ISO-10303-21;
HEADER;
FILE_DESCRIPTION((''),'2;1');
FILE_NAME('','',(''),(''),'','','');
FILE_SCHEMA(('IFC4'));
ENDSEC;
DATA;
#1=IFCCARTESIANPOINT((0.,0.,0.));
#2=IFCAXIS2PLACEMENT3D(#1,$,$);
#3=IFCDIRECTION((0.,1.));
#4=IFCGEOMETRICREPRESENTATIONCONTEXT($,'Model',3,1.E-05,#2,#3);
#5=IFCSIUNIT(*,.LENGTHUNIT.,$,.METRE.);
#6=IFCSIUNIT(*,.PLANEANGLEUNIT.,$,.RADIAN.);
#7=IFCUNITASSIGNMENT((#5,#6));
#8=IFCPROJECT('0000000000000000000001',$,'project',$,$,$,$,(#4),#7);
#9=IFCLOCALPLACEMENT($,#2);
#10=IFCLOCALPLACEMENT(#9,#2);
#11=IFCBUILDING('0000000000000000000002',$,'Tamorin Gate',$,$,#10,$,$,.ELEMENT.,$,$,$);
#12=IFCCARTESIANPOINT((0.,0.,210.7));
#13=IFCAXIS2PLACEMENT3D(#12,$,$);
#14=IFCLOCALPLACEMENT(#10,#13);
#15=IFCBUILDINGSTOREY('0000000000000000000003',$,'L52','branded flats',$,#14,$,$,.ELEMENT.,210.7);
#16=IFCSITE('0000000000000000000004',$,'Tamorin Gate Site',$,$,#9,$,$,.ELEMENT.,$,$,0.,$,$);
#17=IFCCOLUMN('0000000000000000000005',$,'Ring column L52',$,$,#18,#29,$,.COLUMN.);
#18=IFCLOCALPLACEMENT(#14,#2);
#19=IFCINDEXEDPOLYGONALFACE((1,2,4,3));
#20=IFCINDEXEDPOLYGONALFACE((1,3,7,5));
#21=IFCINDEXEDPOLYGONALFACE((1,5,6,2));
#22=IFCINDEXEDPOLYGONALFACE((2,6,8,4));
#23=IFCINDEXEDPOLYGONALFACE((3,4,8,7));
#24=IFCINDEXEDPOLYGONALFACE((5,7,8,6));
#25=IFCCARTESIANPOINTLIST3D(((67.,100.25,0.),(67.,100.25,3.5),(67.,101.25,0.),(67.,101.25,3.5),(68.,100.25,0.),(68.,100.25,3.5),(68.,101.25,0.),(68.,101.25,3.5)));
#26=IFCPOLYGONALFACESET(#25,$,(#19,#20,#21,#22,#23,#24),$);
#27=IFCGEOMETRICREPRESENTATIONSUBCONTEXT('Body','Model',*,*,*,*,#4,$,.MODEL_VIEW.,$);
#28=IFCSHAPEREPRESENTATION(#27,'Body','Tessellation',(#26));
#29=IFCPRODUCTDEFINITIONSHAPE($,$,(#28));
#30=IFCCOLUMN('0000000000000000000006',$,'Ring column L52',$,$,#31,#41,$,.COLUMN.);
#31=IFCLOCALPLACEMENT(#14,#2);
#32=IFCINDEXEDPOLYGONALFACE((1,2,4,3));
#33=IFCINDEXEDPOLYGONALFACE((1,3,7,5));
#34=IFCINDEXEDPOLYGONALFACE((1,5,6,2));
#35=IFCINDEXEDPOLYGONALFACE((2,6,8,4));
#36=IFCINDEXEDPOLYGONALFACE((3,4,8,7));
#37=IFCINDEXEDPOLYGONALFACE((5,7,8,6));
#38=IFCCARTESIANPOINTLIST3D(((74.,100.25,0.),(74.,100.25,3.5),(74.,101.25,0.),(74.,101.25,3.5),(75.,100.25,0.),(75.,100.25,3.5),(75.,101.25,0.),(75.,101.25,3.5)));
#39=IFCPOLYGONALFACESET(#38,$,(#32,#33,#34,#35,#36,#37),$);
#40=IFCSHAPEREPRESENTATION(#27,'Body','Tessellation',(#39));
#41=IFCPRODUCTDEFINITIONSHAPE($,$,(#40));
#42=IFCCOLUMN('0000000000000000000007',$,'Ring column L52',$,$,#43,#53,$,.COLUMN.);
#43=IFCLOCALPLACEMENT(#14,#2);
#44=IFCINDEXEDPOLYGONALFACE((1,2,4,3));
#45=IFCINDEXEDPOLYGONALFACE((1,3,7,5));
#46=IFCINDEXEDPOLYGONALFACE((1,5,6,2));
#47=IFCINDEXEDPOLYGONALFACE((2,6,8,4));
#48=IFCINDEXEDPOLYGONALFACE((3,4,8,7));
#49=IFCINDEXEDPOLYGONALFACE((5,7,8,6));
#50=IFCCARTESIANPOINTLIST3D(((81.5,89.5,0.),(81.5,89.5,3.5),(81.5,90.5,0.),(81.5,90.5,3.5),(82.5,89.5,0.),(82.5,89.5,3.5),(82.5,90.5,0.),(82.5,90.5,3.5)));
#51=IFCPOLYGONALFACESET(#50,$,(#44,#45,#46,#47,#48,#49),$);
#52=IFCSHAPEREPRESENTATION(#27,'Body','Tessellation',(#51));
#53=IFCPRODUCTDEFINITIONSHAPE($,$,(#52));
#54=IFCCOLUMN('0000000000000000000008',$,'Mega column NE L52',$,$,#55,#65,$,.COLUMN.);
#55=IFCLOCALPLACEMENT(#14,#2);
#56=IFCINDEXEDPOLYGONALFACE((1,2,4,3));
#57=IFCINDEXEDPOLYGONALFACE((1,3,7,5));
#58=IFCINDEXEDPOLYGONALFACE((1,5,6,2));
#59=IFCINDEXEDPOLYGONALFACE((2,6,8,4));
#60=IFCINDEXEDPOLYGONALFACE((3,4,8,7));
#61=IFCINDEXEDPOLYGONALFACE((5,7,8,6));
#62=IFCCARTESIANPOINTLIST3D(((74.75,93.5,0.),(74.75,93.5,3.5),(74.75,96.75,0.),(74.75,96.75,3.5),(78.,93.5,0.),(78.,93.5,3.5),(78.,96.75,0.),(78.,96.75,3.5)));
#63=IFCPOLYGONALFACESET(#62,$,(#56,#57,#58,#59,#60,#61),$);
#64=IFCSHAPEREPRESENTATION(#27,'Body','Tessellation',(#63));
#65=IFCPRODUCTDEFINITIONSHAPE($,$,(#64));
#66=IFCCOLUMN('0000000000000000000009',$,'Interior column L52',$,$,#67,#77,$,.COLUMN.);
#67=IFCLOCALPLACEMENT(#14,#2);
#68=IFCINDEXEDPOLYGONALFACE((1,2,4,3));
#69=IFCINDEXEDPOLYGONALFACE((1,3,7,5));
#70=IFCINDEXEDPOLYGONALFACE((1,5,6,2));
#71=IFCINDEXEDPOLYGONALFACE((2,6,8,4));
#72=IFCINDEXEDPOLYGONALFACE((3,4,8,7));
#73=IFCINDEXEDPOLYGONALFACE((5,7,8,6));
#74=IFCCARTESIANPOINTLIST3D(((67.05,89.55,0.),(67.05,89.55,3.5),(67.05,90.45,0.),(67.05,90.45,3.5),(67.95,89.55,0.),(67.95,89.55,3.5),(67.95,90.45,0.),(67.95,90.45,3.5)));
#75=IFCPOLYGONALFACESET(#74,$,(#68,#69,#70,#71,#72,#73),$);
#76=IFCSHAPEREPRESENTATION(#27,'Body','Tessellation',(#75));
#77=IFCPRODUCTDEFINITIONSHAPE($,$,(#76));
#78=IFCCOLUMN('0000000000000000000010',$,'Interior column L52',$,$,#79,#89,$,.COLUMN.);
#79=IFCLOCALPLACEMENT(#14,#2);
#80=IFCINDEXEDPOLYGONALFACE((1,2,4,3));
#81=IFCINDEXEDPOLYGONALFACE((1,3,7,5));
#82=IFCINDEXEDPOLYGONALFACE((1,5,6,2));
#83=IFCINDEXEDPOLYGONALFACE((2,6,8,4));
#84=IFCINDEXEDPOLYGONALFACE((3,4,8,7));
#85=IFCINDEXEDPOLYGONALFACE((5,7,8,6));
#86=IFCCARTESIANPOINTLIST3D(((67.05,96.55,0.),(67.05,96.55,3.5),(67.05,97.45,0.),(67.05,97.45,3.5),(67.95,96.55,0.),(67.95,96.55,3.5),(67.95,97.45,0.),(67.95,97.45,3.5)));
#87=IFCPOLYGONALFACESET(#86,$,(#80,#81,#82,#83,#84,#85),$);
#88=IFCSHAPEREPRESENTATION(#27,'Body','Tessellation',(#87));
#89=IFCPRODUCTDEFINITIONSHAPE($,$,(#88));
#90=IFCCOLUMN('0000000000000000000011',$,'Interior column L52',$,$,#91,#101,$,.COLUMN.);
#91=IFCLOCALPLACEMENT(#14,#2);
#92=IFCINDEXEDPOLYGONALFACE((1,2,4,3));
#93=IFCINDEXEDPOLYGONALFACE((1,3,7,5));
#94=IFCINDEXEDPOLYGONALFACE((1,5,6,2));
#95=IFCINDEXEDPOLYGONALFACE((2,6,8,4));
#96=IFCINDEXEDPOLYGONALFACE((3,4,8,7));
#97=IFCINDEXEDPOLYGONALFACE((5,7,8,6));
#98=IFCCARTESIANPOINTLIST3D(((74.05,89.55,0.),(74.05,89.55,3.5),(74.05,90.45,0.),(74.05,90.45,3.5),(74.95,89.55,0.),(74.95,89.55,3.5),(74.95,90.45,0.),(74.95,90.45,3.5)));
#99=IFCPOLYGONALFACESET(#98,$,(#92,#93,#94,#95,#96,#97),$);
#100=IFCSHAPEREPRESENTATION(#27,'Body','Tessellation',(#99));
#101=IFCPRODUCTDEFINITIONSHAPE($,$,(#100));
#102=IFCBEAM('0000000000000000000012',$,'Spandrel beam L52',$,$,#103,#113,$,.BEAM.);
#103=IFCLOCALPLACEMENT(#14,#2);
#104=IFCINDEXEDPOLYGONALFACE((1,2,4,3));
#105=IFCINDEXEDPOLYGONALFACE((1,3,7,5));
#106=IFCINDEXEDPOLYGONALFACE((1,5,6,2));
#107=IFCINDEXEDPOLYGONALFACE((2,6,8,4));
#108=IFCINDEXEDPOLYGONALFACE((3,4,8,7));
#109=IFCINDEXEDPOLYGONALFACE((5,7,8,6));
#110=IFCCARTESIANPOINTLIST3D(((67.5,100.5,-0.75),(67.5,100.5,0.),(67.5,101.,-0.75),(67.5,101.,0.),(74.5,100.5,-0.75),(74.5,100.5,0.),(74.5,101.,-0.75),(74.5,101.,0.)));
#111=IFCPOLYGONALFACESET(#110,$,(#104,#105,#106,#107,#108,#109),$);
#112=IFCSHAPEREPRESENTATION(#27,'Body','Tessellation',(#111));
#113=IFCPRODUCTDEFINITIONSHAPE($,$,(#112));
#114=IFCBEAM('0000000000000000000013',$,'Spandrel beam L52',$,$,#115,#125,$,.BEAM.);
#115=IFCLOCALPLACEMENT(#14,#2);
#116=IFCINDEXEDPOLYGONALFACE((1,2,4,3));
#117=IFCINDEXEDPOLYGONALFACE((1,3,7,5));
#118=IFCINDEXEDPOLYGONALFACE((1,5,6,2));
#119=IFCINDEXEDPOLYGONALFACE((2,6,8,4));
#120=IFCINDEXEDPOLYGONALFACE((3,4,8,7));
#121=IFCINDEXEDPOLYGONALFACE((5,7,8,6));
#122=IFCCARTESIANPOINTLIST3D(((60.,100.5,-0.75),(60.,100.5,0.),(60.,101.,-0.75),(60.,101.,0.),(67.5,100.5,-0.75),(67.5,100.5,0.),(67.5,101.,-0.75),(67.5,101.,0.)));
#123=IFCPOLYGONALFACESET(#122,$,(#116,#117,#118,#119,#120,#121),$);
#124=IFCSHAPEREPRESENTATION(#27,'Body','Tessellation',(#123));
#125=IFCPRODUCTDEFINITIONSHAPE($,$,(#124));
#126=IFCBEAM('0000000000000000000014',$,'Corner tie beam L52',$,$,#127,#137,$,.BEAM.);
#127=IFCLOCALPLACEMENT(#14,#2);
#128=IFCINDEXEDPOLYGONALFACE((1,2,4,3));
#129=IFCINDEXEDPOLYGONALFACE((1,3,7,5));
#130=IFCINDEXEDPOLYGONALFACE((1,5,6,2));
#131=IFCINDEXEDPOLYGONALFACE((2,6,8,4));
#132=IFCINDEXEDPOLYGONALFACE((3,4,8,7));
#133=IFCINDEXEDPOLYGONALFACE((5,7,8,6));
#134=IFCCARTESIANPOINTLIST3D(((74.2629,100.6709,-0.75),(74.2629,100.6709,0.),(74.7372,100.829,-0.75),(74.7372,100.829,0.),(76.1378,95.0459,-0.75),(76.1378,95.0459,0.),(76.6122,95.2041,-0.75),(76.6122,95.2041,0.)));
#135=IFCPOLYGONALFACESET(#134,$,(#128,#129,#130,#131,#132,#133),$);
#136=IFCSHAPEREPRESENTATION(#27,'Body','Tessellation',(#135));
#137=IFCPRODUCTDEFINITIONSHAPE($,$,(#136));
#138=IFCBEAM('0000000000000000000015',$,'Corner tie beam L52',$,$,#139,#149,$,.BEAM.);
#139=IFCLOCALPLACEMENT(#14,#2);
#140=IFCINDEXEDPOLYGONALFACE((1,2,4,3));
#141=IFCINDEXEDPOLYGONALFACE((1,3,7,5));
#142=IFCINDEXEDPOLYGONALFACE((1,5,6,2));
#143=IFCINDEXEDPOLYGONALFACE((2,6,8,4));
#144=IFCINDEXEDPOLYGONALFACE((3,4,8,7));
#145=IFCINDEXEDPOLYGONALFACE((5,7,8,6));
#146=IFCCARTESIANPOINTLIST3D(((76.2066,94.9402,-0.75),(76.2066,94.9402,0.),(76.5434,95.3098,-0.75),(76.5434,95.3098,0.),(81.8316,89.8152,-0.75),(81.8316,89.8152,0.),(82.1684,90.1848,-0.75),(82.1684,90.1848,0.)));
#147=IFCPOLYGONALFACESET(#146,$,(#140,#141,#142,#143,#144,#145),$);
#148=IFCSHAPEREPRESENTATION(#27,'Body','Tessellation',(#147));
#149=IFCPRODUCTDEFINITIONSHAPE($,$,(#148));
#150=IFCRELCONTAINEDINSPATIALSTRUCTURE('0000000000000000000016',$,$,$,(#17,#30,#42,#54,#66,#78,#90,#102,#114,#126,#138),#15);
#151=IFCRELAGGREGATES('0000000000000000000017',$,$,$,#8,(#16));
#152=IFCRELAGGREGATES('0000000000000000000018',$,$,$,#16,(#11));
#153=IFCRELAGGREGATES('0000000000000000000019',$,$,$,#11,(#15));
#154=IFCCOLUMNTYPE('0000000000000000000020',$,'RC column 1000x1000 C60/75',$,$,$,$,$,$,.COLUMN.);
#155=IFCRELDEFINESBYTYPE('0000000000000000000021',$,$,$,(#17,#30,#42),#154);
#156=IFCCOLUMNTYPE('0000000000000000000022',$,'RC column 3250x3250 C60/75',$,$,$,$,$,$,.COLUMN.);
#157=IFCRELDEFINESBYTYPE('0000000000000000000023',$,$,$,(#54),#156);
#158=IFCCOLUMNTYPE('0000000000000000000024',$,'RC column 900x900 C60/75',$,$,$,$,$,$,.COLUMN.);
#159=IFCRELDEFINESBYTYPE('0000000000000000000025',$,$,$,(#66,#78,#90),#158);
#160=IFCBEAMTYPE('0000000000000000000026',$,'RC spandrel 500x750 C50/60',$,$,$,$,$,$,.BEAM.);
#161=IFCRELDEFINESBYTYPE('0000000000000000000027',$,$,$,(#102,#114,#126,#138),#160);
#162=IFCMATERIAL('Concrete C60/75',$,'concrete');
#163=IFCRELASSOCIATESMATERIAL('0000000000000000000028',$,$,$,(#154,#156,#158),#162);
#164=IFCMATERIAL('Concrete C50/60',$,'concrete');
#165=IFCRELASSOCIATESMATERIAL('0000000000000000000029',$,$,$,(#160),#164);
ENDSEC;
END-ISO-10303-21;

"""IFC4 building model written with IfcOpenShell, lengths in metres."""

from ifc_helpers import new_model, si_unit, direction, frame, origin, origin_2d, place, context, subcontext, project, spatial, rectangle, extrude, material, material_profile, profile_set, type_object, element, save


model = new_model("IFC4")

# Units and contexts
model_context = context("Model", 3, precision=1e-05, world=origin(), true_north=direction((0.0, 1.0)))
body_context = subcontext(model_context, "Body", "Model", "MODEL_VIEW")
ifc_project = project(units=[si_unit("LENGTHUNIT", "METRE"), si_unit("PLANEANGLEUNIT", "RADIAN")], contexts=[model_context])

# Site, building, storey
site_placement = place(None, origin())
site = spatial("IfcSite", under=ifc_project, at=site_placement, Name="Tamorin Gate Site", CompositionType="ELEMENT", RefElevation=0.0)
building_placement = place(site_placement, origin())
building = spatial("IfcBuilding", under=site, at=building_placement, Name="Tamorin Gate", CompositionType="ELEMENT")
storey_placement = place(building_placement, frame((0.0, 0.0, 210.7)))
storey = spatial("IfcBuildingStorey", under=building, at=storey_placement, Name="L52", Description="branded flats", CompositionType="ELEMENT", Elevation=210.7)

# Columns
ifc_material_1 = material(Name="Concrete C60/75", Category="concrete")
ifc_material_profile_1 = material_profile(ifc_material_1, rectangle(XDim=1.0, YDim=1.0, at=origin_2d()), Name="RC 1000x1000")
ifc_profile_set_1 = profile_set([ifc_material_profile_1], Name="Concrete C60/75")
column_type_1 = type_object("IfcColumnType", Name="RC column 1000x1000 C60/75", PredefinedType="COLUMN", material=ifc_profile_set_1)
for number, where, z_axis, x_axis, name in (
    (1, (67.5, 100.75, 0.0), (0.0, 0.0, 1.0), (1.0, 0.0, 0.0), "Ring column L52"),
    (2, (74.5, 100.75, 0.0), (0.0, 0.0, 1.0), (1.0, 0.0, 0.0), "Ring column L52"),
    (3, (82.0, 90.0, 0.0), (0.0, 0.0, 1.0), (1.0, 0.0, 0.0), "Ring column L52"),
):
    element("IfcColumn", number, at=place(storey_placement, frame(where, z_axis=z_axis, x_axis=x_axis)), inside=storey, type_object=column_type_1, Name=name, PredefinedType="COLUMN", context=body_context, shape_type="SweptSolid", body=[
        extrude(rectangle(XDim=1.0, YDim=1.0, at=origin_2d()), origin(), (0.0, 0.0, 1.0), 3.5),
    ])
ifc_material_profile_2 = material_profile(ifc_material_1, rectangle(XDim=3.25, YDim=3.25, at=origin_2d()), Name="RC 3250x3250")
ifc_profile_set_2 = profile_set([ifc_material_profile_2], Name="Concrete C60/75")
column_type_2 = type_object("IfcColumnType", Name="RC column 3250x3250 C60/75", PredefinedType="COLUMN", material=ifc_profile_set_2)
column_placement = place(storey_placement, frame((76.375, 95.125, 0.0), z_axis=(0.0, 0.0, 1.0), x_axis=(1.0, 0.0, 0.0)))
element("IfcColumn", 4, at=column_placement, inside=storey, type_object=column_type_2, Name="Mega column NE L52", PredefinedType="COLUMN", context=body_context, shape_type="SweptSolid", body=[
    extrude(rectangle(XDim=3.25, YDim=3.25, at=origin_2d()), origin(), (0.0, 0.0, 1.0), 3.5),
])
ifc_material_profile_3 = material_profile(ifc_material_1, rectangle(XDim=0.8999, YDim=0.8999, at=origin_2d()), Name="RC 900x900")
ifc_profile_set_3 = profile_set([ifc_material_profile_3], Name="Concrete C60/75")
column_type_3 = type_object("IfcColumnType", Name="RC column 900x900 C60/75", PredefinedType="COLUMN", material=ifc_profile_set_3)
for number, where, z_axis, x_axis, name in (
    (5, (67.5, 90.0, 0.0), (0.0, 0.0, 1.0), (1.0, 0.0, 0.0), "Interior column L52"),
    (6, (67.5, 97.0, 0.0), (0.0, 0.0, 1.0), (1.0, 0.0, 0.0), "Interior column L52"),
    (7, (74.5, 90.0, 0.0), (0.0, 0.0, 1.0), (1.0, 0.0, 0.0), "Interior column L52"),
):
    element("IfcColumn", number, at=place(storey_placement, frame(where, z_axis=z_axis, x_axis=x_axis)), inside=storey, type_object=column_type_3, Name=name, PredefinedType="COLUMN", context=body_context, shape_type="SweptSolid", body=[
        extrude(rectangle(XDim=0.8999, YDim=0.8999, at=origin_2d()), origin(), (0.0, 0.0, 1.0), 3.5),
    ])

# Beams
ifc_material_2 = material(Name="Concrete C50/60", Category="concrete")
ifc_material_profile_4 = material_profile(ifc_material_2, rectangle(XDim=0.5, YDim=0.75, at=origin_2d()), Name="RC 500x750")
ifc_profile_set_4 = profile_set([ifc_material_profile_4], Name="Concrete C50/60")
beam_type = type_object("IfcBeamType", Name="RC spandrel 500x750 C50/60", PredefinedType="BEAM", material=ifc_profile_set_4)
beam_1_placement = place(storey_placement, frame((74.5, 100.75, -0.375), z_axis=(-1.0, 0.0, 0.0), x_axis=(0.0, -1.0, 0.0)))
element("IfcBeam", 8, at=beam_1_placement, inside=storey, type_object=beam_type, Name="Spandrel beam L52", PredefinedType="BEAM", context=body_context, shape_type="SweptSolid", body=[
    extrude(rectangle(XDim=0.5, YDim=0.75, at=origin_2d()), origin(), (0.0, 0.0, 1.0), 7.0),
])
beam_2_placement = place(storey_placement, frame((67.5, 100.75, -0.375), z_axis=(-1.0, 0.0, 0.0), x_axis=(0.0, -1.0, 0.0)))
element("IfcBeam", 9, at=beam_2_placement, inside=storey, type_object=beam_type, Name="Spandrel beam L52", PredefinedType="BEAM", context=body_context, shape_type="SweptSolid", body=[
    extrude(rectangle(XDim=0.5, YDim=0.75, at=origin_2d()), origin(), (0.0, 0.0, 1.0), 7.5),
])
beam_3_placement = place(storey_placement, frame((76.375, 95.125, -0.375), z_axis=(-0.316228, 0.948683, 0.0), x_axis=(-0.948683, -0.316228, 0.0)))
element("IfcBeam", 10, at=beam_3_placement, inside=storey, type_object=beam_type, Name="Corner tie beam L52", PredefinedType="BEAM", context=body_context, shape_type="SweptSolid", body=[
    extrude(rectangle(XDim=0.5, YDim=0.75, at=origin_2d()), origin(), (0.0, 0.0, 1.0), 5.9292),
])
beam_4_placement = place(storey_placement, frame((76.375, 95.125, -0.375), z_axis=(0.739196, -0.67349, 0.0), x_axis=(0.67349, 0.739196, 0.0)))
element("IfcBeam", 11, at=beam_4_placement, inside=storey, type_object=beam_type, Name="Corner tie beam L52", PredefinedType="BEAM", context=body_context, shape_type="SweptSolid", body=[
    extrude(rectangle(XDim=0.5, YDim=0.75, at=origin_2d()), origin(), (0.0, 0.0, 1.0), 7.6096),
])

save(model, "model.ifc")
